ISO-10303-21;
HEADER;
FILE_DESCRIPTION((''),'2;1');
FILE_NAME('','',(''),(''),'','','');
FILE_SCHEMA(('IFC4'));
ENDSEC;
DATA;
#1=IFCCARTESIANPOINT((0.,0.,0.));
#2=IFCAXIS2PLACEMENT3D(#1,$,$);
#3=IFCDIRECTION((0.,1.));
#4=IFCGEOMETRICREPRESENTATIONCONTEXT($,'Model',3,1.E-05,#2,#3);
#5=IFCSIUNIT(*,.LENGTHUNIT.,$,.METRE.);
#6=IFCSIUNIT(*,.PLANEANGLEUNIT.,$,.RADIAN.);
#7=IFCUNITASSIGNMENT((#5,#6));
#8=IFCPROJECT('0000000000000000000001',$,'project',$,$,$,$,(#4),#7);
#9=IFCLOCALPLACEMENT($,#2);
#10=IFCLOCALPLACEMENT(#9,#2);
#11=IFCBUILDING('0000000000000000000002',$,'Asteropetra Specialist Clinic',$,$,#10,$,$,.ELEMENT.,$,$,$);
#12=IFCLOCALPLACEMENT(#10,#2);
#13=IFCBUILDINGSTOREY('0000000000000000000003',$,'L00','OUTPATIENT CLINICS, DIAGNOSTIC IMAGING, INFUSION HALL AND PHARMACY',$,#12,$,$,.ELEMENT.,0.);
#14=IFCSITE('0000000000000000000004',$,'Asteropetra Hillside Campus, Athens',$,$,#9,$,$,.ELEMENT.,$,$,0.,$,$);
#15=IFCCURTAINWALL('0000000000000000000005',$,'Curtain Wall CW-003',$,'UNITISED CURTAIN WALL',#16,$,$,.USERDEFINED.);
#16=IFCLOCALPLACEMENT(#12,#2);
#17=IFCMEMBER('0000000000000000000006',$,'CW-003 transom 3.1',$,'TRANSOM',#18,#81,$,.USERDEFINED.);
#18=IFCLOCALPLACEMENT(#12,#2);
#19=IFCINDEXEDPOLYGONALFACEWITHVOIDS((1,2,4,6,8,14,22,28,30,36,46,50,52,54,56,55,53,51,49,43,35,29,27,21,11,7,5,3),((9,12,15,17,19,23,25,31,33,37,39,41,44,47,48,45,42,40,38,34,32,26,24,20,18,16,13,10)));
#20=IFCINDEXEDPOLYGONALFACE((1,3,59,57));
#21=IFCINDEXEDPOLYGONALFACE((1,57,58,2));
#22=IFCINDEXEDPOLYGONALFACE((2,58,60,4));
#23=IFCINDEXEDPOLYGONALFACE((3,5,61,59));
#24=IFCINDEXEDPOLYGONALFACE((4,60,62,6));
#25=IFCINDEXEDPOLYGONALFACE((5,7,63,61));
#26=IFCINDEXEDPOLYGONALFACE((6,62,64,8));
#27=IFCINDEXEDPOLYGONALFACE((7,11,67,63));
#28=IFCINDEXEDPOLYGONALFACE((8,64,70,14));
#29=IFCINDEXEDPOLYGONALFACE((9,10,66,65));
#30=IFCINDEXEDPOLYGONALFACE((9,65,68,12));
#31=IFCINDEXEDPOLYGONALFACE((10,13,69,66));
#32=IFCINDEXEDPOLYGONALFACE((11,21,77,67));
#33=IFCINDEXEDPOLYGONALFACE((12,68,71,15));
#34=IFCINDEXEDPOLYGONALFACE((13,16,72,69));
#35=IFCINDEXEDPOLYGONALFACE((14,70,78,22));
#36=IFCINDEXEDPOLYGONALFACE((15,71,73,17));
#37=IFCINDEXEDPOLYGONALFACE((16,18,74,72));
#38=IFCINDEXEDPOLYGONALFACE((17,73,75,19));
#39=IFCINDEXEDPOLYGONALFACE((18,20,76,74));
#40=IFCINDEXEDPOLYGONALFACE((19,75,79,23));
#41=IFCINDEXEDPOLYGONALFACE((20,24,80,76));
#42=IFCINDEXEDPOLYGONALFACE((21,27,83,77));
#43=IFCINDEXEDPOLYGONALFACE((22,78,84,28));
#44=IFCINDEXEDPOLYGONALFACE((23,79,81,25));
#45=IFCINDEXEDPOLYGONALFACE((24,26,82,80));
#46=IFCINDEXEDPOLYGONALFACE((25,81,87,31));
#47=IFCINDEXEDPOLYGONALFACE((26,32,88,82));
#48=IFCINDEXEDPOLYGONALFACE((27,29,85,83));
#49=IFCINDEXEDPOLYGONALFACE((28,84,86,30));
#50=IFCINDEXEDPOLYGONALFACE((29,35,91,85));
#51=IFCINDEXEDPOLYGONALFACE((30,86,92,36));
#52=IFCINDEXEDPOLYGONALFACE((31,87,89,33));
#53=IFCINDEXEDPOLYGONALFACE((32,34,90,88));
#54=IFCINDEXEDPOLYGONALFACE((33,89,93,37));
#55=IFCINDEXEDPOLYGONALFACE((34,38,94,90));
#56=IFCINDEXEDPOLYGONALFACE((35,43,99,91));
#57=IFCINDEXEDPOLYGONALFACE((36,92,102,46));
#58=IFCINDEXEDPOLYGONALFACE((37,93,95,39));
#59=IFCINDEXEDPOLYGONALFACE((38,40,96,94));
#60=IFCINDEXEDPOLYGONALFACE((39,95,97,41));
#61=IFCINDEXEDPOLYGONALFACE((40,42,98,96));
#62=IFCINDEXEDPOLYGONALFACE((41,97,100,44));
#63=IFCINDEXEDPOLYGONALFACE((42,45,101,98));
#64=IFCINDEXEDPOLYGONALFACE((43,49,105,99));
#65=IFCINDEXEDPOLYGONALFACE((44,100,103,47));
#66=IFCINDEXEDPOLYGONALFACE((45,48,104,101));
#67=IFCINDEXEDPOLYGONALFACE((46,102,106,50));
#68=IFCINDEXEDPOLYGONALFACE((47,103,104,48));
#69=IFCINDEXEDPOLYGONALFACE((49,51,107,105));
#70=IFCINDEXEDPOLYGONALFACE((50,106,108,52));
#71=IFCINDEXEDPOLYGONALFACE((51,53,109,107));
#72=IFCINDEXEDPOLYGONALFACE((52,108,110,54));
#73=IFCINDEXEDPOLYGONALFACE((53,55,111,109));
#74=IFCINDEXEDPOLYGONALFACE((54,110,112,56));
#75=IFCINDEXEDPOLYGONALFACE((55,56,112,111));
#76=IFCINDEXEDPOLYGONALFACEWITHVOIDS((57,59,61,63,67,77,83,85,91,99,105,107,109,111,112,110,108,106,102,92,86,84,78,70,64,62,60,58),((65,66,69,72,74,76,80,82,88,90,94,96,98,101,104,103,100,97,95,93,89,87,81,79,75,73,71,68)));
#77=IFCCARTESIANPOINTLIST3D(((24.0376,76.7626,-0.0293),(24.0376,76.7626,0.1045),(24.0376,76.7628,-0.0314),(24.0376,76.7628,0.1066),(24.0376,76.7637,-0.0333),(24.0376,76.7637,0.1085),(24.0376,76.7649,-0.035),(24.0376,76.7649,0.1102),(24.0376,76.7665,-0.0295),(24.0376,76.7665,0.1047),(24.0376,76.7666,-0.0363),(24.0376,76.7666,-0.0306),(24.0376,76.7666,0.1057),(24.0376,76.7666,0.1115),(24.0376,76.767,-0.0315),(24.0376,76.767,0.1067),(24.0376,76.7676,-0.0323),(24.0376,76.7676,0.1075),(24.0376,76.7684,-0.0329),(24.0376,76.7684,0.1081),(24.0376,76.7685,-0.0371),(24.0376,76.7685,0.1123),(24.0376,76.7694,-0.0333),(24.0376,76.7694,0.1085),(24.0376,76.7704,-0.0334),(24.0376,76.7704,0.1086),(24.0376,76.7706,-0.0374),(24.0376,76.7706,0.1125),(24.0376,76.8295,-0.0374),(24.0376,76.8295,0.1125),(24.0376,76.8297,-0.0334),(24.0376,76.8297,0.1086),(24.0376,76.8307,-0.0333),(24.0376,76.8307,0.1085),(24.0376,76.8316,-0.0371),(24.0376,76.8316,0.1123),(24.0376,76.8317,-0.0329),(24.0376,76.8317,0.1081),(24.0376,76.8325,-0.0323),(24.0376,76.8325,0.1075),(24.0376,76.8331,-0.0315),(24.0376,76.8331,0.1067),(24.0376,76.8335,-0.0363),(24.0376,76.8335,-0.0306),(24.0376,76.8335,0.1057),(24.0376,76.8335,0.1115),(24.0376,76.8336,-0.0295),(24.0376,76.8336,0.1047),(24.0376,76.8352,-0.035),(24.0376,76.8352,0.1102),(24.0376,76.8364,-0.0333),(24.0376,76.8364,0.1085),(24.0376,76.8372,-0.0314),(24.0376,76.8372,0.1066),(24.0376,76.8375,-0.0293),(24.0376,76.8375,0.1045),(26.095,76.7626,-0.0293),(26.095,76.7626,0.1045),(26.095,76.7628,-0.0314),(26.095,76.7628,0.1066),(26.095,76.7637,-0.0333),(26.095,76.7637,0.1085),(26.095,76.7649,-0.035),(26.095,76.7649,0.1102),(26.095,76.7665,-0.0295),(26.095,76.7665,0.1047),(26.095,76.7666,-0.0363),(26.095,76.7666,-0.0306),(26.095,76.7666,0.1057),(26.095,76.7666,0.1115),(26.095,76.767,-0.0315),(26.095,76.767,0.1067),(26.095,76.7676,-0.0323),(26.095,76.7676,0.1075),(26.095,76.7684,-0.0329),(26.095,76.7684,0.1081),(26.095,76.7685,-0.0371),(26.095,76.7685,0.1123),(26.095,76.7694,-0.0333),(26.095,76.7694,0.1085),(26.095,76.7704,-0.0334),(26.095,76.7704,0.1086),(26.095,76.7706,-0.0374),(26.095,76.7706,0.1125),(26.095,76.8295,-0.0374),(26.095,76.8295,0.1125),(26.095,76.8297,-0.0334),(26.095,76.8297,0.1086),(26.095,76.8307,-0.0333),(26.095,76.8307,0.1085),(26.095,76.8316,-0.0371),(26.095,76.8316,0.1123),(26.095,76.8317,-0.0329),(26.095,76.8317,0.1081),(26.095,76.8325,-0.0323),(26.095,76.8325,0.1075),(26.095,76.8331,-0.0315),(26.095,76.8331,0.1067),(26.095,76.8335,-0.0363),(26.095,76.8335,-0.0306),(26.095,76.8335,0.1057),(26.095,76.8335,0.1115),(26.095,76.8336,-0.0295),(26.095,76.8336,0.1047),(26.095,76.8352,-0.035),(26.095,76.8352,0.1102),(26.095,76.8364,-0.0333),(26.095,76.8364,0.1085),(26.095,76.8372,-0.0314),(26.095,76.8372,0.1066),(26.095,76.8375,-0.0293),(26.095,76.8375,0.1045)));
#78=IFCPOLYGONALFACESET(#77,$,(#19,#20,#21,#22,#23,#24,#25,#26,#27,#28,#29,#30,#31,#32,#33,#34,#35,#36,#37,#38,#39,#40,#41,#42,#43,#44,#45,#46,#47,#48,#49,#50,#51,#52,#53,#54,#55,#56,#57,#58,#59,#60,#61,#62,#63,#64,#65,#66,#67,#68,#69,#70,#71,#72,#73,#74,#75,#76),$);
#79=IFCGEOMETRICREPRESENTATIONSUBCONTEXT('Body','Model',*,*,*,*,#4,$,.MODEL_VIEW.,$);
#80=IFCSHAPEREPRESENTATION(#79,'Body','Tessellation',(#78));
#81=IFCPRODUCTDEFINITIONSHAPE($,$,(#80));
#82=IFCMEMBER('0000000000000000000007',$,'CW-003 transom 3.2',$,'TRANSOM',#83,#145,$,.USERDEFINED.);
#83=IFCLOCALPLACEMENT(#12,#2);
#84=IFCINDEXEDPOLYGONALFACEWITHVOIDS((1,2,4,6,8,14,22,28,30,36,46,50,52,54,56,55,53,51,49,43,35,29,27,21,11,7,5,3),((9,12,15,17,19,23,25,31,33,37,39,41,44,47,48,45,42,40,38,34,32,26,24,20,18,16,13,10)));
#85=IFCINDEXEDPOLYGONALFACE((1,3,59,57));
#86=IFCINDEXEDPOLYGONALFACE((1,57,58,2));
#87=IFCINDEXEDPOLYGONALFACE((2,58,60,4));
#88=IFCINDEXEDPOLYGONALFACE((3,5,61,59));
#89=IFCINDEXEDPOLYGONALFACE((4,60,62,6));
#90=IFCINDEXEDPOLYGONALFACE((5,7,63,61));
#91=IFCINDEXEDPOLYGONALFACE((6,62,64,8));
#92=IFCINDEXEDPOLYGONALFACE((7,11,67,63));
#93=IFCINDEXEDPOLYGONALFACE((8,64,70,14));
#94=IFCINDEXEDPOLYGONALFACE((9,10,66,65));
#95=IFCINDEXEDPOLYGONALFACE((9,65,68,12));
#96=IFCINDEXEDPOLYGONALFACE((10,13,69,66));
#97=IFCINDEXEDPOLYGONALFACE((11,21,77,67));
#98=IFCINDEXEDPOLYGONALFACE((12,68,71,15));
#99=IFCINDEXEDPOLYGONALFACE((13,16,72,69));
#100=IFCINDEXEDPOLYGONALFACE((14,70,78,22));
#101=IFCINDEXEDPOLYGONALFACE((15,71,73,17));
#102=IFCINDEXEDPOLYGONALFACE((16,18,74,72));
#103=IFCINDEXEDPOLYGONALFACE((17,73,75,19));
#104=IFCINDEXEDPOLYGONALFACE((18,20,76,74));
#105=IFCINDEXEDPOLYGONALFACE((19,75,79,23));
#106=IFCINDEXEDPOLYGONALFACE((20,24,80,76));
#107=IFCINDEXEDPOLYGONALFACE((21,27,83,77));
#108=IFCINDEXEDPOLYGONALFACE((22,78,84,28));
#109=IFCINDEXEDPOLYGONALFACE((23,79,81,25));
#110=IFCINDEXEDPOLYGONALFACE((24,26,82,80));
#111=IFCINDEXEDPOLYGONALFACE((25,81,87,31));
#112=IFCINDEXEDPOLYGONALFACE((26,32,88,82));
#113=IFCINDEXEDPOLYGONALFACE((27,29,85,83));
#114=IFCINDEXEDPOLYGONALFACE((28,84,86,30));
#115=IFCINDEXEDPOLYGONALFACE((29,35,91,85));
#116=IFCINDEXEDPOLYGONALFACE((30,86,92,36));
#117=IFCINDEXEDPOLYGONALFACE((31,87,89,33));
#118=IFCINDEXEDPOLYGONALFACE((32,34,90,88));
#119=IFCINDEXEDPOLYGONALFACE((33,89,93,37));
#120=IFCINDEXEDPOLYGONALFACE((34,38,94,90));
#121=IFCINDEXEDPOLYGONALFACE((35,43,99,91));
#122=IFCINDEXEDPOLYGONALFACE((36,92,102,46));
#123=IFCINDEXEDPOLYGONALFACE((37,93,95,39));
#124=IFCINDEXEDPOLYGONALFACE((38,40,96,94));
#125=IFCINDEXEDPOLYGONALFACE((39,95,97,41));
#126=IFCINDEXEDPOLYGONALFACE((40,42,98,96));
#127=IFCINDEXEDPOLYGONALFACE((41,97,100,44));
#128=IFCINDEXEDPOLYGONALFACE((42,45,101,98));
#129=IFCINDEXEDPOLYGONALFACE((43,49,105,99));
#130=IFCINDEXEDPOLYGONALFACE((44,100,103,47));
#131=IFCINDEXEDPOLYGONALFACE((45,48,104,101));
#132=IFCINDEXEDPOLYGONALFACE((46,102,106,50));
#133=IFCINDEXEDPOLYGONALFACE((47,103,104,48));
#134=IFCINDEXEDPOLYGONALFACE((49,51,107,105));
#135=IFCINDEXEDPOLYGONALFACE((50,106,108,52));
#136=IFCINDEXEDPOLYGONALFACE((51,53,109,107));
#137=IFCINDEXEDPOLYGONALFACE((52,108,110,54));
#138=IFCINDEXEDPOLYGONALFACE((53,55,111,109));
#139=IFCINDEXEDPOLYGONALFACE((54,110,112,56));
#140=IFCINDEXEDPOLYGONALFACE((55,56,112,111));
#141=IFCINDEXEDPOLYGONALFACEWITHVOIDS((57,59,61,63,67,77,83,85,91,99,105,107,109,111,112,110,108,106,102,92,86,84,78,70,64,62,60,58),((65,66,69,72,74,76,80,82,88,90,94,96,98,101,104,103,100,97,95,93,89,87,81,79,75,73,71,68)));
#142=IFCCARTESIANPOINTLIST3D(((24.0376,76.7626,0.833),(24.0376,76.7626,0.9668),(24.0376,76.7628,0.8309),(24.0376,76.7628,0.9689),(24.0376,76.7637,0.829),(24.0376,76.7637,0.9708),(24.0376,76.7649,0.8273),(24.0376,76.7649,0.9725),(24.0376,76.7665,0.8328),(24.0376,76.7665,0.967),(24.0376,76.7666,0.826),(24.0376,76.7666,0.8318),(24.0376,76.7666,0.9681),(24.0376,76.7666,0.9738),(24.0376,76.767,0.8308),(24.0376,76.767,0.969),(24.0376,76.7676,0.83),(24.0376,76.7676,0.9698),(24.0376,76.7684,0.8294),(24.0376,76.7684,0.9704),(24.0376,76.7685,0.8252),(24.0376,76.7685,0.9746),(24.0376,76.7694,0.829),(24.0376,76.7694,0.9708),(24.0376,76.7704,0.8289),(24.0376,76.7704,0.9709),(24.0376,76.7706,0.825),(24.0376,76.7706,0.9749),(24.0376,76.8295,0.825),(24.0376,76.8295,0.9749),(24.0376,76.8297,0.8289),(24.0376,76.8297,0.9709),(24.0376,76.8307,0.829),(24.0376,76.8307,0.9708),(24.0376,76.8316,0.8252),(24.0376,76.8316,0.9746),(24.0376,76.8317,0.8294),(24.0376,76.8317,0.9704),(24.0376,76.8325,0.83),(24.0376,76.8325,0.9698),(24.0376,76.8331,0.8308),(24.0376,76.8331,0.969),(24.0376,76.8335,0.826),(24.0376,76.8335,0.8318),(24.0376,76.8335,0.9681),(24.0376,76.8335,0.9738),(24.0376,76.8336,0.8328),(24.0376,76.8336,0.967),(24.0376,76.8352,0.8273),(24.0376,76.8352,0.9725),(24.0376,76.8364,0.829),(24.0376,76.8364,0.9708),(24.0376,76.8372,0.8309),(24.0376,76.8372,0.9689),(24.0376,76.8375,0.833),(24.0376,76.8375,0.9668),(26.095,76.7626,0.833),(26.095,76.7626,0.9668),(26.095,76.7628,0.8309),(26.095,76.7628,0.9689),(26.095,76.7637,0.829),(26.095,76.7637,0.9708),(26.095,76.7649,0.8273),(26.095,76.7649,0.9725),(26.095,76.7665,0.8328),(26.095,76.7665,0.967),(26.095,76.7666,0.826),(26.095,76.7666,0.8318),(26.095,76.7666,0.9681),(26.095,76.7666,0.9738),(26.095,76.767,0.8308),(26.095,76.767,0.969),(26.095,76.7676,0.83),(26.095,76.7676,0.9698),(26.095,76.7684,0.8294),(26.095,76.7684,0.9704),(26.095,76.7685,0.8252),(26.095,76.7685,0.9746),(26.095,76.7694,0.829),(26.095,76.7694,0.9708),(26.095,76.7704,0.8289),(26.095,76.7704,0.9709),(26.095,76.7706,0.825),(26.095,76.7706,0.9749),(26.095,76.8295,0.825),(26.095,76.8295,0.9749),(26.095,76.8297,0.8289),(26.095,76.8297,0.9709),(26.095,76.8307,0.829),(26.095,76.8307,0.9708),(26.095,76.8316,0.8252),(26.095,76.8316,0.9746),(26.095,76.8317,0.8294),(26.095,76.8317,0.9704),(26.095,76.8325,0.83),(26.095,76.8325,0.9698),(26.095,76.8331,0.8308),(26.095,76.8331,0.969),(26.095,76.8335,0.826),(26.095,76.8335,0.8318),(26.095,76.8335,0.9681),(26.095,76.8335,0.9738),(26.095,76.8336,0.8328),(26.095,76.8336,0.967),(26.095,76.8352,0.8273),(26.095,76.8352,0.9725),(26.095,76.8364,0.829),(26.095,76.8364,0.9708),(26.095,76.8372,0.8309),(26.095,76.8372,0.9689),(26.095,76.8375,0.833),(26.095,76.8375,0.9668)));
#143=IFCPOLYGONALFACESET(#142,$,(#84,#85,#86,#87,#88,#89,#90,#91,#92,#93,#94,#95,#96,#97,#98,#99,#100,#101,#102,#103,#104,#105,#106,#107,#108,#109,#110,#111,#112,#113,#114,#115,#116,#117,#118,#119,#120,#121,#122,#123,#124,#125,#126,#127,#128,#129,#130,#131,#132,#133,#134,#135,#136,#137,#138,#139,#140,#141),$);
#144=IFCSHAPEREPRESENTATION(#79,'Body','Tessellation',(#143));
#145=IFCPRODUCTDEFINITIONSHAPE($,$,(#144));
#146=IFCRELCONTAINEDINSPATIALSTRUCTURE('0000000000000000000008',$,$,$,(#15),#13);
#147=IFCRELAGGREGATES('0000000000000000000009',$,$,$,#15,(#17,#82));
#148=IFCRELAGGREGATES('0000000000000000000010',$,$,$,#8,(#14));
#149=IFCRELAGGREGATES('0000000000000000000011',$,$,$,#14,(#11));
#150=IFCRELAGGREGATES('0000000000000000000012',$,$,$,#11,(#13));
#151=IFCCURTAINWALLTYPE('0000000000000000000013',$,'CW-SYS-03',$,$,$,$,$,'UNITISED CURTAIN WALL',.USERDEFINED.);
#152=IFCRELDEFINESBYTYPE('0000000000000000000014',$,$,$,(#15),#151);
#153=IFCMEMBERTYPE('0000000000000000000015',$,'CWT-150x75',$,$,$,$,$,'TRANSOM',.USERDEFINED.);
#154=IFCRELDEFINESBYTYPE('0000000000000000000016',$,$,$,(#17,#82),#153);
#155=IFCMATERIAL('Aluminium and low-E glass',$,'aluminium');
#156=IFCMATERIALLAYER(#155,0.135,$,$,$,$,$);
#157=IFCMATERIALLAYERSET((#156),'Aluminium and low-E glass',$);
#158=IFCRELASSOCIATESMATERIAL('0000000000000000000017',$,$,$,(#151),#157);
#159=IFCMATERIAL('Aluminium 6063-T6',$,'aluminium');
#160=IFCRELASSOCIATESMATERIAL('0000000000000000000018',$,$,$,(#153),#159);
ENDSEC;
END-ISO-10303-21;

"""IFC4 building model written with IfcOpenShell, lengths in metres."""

from ifc_helpers import new_model, si_unit, direction, frame, origin, origin_2d, place, context, subcontext, project, spatial, hollow_rectangle, extrude, material, layer, layer_set, material_profile, profile_set, type_object, element, aggregate, save


model = new_model("IFC4")

# Units and contexts
model_context = context("Model", 3, precision=1e-05, world=origin(), true_north=direction((0.0, 1.0)))
body_context = subcontext(model_context, "Body", "Model", "MODEL_VIEW")
ifc_project = project(units=[si_unit("LENGTHUNIT", "METRE"), si_unit("PLANEANGLEUNIT", "RADIAN")], contexts=[model_context])

# Site, building, storey
site_placement = place(None, origin())
site = spatial("IfcSite", under=ifc_project, at=site_placement, Name="Asteropetra Hillside Campus, Athens", CompositionType="ELEMENT", RefElevation=0.0)
building_placement = place(site_placement, origin())
building = spatial("IfcBuilding", under=site, at=building_placement, Name="Asteropetra Specialist Clinic", CompositionType="ELEMENT")
storey_placement = place(building_placement, origin())
storey = spatial("IfcBuildingStorey", under=building, at=storey_placement, Name="L00", Description="OUTPATIENT CLINICS, DIAGNOSTIC IMAGING, INFUSION HALL AND PHARMACY", CompositionType="ELEMENT", Elevation=0.0)

# Curtain wall, members
ifc_material_1 = material(Name="Aluminium and low-E glass", Category="aluminium")
ifc_layer_1 = layer(ifc_material_1, 0.135)
ifc_layer_set_1 = layer_set([ifc_layer_1], Name="Aluminium and low-E glass")
curtain_wall_type = type_object("IfcCurtainWallType", Name="CW-SYS-03", ElementType="UNITISED CURTAIN WALL", PredefinedType="USERDEFINED", material=ifc_layer_set_1)
curtain_wall_placement = place(storey_placement, origin())
curtain_wall = element("IfcCurtainWall", 1, at=curtain_wall_placement, inside=storey, type_object=curtain_wall_type, Name="Curtain Wall CW-003", ObjectType="UNITISED CURTAIN WALL", PredefinedType="USERDEFINED")
ifc_material_2 = material(Name="Aluminium 6063-T6", Category="aluminium")
ifc_material_profile_1 = material_profile(ifc_material_2, hollow_rectangle(XDim=0.075, YDim=0.1499, WallThickness=0.0039, InnerFilletRadius=0.0039, OuterFilletRadius=0.0081, at=origin_2d()), Name="TRN 150x75x4.0")
ifc_profile_set_1 = profile_set([ifc_material_profile_1], Name="Aluminium 6063-T6")
member_type_1 = type_object("IfcMemberType", Name="CWT-150x75", ElementType="TRANSOM", PredefinedType="USERDEFINED", material=ifc_profile_set_1)
member_1_placement = place(storey_placement, frame((24.0376, 76.8, 0.0376), z_axis=(1.0, 0.0, 0.0), x_axis=(0.0, 1.0, 0.0)))
member_1 = element("IfcMember", 2, at=member_1_placement, type_object=member_type_1, Name="CW-003 transom 3.1", ObjectType="TRANSOM", PredefinedType="USERDEFINED", context=body_context, shape_type="SweptSolid", body=[
    extrude(hollow_rectangle(XDim=0.075, YDim=0.1499, WallThickness=0.0039, InnerFilletRadius=0.0039, OuterFilletRadius=0.0081, at=origin_2d()), origin(), (0.0, 0.0, 1.0), 2.0574),
])
member_2_placement = place(storey_placement, frame((24.0376, 76.8, 0.8999), z_axis=(1.0, 0.0, 0.0), x_axis=(0.0, 1.0, 0.0)))
member_2 = element("IfcMember", 3, at=member_2_placement, type_object=member_type_1, Name="CW-003 transom 3.2", ObjectType="TRANSOM", PredefinedType="USERDEFINED", context=body_context, shape_type="SweptSolid", body=[
    extrude(hollow_rectangle(XDim=0.075, YDim=0.1499, WallThickness=0.0039, InnerFilletRadius=0.0039, OuterFilletRadius=0.0081, at=origin_2d()), origin(), (0.0, 0.0, 1.0), 2.0574),
])
aggregate(curtain_wall, [member_1, member_2])

save(model, "model.ifc")
